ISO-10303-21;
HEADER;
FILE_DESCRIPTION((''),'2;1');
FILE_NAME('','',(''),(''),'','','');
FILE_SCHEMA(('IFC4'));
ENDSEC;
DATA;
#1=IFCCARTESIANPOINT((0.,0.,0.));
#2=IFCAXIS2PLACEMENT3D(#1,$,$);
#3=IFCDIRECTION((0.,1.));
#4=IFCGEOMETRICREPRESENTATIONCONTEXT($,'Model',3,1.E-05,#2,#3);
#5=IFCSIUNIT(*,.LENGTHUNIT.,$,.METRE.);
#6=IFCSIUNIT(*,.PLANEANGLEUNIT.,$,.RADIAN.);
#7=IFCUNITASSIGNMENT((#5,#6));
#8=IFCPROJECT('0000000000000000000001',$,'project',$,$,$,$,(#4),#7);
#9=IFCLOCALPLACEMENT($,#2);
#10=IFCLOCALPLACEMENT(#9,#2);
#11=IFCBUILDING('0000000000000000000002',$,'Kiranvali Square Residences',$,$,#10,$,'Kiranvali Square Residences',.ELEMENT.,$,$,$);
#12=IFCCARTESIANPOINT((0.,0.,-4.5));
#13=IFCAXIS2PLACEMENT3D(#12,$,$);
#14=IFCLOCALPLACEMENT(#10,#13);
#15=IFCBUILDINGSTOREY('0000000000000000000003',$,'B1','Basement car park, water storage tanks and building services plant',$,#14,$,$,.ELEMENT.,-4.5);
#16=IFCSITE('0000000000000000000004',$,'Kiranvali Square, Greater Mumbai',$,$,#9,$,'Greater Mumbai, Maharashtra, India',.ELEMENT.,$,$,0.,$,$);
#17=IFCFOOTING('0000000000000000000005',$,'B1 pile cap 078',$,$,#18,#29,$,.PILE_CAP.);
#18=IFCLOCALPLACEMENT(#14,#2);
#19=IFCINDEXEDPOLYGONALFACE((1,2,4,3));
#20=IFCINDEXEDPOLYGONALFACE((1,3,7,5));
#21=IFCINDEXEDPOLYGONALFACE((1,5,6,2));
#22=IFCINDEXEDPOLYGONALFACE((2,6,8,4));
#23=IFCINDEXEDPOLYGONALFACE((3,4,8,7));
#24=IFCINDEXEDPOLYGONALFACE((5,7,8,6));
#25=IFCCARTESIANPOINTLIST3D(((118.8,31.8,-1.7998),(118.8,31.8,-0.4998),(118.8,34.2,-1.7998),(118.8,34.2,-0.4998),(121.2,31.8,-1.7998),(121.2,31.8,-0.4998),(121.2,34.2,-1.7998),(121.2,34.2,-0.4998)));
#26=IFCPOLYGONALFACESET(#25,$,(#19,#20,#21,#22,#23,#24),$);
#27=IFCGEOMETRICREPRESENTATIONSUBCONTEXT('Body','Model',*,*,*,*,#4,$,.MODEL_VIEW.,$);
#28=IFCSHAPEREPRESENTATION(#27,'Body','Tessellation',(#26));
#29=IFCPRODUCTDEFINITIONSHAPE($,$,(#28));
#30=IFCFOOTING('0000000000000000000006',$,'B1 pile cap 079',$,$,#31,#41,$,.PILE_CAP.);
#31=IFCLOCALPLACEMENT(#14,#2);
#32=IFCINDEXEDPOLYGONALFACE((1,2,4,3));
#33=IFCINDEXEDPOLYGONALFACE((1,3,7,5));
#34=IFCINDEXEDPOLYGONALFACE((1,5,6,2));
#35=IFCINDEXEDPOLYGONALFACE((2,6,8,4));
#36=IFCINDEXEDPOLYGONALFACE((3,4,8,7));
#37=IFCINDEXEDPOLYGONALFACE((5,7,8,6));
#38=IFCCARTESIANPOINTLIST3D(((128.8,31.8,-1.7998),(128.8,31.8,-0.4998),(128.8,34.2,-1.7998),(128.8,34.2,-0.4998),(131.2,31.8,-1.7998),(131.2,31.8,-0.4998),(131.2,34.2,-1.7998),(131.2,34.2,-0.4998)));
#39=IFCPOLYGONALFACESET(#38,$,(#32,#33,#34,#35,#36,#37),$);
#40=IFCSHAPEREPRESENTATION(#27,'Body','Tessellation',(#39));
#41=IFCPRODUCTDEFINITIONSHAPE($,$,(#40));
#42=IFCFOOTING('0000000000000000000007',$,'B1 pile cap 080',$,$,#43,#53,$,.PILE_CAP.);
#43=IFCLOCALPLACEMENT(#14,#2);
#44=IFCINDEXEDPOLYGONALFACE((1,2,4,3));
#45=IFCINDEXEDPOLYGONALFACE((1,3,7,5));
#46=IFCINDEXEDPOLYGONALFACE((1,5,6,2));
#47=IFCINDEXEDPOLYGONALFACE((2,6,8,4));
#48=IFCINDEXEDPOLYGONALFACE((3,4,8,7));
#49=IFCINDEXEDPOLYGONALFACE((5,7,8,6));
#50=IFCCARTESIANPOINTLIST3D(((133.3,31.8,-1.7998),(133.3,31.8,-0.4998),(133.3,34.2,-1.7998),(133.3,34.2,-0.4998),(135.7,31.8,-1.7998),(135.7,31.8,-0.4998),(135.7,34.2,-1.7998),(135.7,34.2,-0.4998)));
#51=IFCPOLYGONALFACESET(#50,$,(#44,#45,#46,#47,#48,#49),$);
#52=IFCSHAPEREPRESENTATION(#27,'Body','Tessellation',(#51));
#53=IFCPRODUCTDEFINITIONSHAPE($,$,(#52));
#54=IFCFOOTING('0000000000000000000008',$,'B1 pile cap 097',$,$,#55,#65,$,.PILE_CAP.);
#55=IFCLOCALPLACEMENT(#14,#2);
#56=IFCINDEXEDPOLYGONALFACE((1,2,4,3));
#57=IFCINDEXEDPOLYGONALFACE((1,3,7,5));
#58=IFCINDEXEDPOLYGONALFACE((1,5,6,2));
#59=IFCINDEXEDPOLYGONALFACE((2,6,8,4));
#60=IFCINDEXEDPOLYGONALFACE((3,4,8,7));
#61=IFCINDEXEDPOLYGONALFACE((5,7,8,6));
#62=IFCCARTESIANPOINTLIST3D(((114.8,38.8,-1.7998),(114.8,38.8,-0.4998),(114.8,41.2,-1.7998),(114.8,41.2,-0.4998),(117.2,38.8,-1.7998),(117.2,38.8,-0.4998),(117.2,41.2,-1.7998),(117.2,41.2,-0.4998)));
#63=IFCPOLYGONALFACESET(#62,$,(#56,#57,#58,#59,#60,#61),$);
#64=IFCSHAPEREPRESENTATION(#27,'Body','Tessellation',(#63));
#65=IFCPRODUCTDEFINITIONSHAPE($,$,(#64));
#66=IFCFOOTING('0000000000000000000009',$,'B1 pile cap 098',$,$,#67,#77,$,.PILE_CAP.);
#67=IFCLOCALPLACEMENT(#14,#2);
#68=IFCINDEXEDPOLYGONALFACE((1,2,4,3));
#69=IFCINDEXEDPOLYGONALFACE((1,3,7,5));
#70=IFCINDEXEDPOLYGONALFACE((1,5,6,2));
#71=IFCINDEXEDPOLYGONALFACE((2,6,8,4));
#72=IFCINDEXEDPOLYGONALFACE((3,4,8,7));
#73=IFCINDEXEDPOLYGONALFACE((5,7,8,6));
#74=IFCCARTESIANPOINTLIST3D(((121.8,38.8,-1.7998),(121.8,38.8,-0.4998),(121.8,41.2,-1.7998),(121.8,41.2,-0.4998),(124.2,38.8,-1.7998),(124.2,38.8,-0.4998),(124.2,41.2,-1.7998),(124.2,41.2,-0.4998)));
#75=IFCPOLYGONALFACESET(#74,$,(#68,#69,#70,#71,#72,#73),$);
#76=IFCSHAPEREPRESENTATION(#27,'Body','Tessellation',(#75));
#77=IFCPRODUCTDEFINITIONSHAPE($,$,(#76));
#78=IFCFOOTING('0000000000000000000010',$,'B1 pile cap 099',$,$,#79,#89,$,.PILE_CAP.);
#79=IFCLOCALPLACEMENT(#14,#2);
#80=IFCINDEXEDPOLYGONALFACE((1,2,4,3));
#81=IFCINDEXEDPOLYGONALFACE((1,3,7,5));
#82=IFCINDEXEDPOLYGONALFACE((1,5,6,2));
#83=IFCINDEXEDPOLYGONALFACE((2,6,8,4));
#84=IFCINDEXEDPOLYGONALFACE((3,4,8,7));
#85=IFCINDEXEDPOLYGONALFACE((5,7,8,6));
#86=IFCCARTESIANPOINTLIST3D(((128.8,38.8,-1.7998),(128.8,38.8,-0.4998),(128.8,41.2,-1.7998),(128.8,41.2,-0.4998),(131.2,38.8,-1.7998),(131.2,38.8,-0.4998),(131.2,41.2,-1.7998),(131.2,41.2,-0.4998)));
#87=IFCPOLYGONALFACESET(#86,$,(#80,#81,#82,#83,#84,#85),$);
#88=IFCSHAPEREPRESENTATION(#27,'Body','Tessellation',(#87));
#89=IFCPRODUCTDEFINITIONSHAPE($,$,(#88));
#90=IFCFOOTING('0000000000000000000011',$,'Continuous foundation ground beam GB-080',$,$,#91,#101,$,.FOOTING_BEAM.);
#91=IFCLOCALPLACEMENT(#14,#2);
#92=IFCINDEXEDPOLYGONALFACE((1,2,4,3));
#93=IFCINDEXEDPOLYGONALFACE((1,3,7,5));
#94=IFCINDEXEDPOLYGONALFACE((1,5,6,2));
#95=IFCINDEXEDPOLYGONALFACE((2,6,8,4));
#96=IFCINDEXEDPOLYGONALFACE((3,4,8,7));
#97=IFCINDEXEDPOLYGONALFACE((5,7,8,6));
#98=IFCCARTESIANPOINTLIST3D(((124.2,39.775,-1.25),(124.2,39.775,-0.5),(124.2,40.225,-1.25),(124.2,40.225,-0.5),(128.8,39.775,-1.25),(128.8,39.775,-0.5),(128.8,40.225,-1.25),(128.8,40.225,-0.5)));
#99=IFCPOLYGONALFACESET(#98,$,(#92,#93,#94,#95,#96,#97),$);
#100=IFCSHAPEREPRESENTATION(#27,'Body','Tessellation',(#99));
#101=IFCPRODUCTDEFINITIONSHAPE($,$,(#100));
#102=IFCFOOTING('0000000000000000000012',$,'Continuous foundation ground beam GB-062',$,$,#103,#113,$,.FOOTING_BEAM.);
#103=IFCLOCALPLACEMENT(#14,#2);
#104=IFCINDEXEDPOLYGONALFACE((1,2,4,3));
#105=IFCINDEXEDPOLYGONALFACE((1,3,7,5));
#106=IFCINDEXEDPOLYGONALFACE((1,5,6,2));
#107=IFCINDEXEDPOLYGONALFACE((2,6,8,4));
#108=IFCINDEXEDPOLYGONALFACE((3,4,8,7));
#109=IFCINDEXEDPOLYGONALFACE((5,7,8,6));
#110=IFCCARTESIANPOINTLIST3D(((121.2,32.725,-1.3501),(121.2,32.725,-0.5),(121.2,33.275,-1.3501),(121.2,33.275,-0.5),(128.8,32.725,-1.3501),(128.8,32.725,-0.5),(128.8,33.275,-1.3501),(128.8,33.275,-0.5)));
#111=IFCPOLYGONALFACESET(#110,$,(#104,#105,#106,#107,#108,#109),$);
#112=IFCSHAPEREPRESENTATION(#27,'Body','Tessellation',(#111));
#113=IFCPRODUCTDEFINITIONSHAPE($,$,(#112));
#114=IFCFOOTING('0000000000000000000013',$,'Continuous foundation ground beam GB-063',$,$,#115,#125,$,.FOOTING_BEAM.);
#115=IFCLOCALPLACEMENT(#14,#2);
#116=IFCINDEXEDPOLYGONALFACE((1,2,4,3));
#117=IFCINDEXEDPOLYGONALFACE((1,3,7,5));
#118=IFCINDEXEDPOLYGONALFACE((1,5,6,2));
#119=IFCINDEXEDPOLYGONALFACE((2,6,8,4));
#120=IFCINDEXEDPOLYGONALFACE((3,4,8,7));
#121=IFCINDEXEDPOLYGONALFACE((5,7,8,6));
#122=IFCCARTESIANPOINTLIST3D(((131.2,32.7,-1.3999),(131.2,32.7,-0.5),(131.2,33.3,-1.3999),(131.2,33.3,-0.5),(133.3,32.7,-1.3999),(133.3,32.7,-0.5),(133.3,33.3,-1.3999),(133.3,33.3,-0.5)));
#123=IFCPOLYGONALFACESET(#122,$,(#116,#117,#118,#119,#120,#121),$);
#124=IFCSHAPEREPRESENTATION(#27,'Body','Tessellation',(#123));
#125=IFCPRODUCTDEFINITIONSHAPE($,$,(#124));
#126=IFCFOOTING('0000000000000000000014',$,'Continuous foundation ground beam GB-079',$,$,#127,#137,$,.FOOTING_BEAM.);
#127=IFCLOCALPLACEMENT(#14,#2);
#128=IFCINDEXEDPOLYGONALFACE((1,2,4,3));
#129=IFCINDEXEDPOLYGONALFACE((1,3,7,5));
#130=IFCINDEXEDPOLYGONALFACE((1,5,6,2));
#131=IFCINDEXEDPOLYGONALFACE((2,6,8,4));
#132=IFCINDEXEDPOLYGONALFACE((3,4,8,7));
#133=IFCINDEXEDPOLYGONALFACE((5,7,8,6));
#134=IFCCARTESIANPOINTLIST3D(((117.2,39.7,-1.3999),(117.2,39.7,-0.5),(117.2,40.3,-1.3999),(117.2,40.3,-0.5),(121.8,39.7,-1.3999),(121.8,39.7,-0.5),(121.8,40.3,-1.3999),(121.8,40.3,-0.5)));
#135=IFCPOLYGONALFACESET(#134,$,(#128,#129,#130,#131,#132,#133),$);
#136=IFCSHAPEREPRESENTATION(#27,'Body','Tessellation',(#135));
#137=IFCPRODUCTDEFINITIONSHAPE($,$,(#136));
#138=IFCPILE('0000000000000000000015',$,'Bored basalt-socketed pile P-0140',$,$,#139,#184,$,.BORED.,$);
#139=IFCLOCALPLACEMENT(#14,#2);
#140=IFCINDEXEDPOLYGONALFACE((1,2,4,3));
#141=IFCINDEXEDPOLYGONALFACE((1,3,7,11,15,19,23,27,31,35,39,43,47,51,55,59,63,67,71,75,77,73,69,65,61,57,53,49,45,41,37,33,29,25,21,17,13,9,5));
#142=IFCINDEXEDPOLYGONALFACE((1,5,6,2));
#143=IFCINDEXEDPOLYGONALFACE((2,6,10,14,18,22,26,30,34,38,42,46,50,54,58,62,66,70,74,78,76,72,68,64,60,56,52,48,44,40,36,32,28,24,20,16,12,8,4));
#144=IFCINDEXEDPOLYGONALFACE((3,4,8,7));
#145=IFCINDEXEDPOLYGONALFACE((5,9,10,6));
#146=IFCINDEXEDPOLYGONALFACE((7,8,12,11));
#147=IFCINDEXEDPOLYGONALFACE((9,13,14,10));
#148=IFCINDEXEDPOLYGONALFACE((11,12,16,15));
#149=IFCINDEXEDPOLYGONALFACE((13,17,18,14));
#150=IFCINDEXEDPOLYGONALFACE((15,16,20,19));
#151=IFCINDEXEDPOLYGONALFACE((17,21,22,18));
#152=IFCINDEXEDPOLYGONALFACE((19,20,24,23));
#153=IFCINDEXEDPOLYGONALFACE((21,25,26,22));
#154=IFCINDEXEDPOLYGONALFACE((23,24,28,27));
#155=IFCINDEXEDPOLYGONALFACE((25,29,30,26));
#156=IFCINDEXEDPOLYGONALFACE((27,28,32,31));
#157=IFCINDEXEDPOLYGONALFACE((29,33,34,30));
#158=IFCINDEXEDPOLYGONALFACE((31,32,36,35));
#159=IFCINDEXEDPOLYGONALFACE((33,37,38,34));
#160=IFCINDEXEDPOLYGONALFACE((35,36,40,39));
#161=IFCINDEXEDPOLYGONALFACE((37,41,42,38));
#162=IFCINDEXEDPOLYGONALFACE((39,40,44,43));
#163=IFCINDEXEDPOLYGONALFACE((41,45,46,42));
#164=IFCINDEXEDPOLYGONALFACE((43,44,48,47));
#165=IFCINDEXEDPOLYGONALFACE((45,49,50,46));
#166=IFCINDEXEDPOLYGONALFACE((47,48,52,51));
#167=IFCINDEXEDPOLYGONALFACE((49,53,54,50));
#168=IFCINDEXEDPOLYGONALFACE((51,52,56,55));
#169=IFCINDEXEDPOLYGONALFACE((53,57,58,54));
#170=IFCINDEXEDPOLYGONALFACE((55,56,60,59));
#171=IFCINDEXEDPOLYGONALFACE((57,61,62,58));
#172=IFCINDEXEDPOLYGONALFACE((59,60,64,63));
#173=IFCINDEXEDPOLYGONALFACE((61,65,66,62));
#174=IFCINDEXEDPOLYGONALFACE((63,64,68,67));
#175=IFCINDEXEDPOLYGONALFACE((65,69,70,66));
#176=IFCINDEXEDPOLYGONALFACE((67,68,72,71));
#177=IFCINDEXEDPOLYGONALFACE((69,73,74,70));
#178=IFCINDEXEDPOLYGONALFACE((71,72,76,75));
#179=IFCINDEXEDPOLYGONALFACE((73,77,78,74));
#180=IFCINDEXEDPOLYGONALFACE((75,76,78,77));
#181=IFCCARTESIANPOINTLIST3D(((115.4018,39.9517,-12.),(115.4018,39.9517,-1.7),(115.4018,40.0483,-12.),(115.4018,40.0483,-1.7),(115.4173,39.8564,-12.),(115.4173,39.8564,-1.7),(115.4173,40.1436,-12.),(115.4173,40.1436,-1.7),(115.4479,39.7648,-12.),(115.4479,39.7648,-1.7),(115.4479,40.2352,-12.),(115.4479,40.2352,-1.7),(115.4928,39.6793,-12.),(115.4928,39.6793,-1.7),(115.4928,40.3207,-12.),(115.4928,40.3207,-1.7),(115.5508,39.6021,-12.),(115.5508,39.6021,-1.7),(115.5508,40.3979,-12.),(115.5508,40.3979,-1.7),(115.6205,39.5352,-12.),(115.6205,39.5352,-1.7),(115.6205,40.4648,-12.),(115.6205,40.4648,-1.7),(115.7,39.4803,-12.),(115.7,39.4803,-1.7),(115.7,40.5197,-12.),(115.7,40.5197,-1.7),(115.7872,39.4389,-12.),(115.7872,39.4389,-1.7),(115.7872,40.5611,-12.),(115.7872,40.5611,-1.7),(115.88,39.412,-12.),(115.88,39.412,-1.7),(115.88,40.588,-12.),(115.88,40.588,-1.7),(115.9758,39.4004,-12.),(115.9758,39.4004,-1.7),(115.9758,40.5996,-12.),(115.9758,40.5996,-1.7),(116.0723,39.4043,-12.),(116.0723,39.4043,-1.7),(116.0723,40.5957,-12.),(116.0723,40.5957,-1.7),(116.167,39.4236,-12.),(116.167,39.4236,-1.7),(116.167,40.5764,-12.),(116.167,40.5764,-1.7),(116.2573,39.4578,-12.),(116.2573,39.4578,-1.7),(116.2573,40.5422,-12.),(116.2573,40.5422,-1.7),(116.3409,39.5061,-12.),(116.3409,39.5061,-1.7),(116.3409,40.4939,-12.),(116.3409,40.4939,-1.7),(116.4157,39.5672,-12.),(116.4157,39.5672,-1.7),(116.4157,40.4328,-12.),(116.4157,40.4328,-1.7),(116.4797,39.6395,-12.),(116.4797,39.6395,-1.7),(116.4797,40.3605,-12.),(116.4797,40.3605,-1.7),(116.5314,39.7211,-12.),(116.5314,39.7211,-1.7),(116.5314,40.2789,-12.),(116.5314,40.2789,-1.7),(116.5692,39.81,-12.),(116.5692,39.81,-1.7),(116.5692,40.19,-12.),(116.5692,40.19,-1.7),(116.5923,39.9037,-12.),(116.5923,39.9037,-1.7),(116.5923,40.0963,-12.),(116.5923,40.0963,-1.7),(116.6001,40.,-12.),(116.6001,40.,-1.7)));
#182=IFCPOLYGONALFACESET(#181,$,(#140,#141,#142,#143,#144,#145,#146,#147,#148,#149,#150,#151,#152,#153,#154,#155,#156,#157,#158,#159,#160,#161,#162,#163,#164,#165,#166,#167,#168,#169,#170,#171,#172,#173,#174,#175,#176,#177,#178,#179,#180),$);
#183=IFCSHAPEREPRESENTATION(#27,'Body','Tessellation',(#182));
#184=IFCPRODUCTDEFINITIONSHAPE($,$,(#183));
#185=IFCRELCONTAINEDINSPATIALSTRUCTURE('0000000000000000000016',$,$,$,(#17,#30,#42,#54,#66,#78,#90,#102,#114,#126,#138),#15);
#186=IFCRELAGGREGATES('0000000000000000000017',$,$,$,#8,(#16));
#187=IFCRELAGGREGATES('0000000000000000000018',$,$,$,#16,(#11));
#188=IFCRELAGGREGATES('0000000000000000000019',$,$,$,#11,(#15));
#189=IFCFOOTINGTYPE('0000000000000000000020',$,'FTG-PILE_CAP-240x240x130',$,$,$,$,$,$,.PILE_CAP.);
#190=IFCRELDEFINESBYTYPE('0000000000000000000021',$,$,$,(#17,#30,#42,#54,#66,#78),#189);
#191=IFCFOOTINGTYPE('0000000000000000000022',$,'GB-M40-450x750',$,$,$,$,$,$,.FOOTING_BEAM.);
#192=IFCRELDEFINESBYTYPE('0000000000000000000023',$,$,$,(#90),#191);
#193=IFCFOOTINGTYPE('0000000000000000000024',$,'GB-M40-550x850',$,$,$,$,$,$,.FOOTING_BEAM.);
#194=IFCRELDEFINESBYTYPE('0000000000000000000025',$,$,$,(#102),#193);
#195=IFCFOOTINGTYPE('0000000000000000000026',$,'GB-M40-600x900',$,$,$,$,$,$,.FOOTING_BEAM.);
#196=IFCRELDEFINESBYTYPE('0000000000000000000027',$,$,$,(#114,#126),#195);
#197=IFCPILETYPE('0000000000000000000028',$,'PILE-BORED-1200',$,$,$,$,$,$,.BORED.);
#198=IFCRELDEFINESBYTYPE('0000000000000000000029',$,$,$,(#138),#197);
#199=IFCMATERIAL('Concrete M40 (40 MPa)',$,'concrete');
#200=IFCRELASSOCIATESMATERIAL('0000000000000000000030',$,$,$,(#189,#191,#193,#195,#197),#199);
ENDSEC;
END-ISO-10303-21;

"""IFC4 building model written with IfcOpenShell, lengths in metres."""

from ifc_helpers import new_model, si_unit, direction, frame, origin, origin_2d, place, context, subcontext, project, spatial, rectangle, circle, extrude, material, material_profile, profile_set, type_object, element, save


model = new_model("IFC4")

# Units and contexts
model_context = context("Model", 3, precision=1e-05, world=origin(), true_north=direction((0.0, 1.0)))
body_context = subcontext(model_context, "Body", "Model", "MODEL_VIEW")
ifc_project = project(units=[si_unit("LENGTHUNIT", "METRE"), si_unit("PLANEANGLEUNIT", "RADIAN")], contexts=[model_context])

# Site, building, storey
site_placement = place(None, origin())
site = spatial("IfcSite", under=ifc_project, at=site_placement, Name="Kiranvali Square, Greater Mumbai", LongName="Greater Mumbai, Maharashtra, India", CompositionType="ELEMENT", RefElevation=0.0)
building_placement = place(site_placement, origin())
building = spatial("IfcBuilding", under=site, at=building_placement, Name="Kiranvali Square Residences", LongName="Kiranvali Square Residences", CompositionType="ELEMENT")
storey_placement = place(building_placement, frame((0.0, 0.0, -4.5)))
storey = spatial("IfcBuildingStorey", under=building, at=storey_placement, Name="B1", Description="Basement car park, water storage tanks and building services plant", CompositionType="ELEMENT", Elevation=-4.5)

# Footings
ifc_material_1 = material(Name="Concrete M40 (40 MPa)", Category="concrete")
footing_type_1 = type_object("IfcFootingType", Name="FTG-PILE_CAP-240x240x130", PredefinedType="PILE_CAP", material=ifc_material_1)
for number, where, z_axis, x_axis, name in (
    (1, (120.0, 33.0, -1.7998), (0.0, 0.0, 1.0), (1.0, 0.0, 0.0), "B1 pile cap 078"),
    (2, (130.0, 33.0, -1.7998), (0.0, 0.0, 1.0), (1.0, 0.0, 0.0), "B1 pile cap 079"),
    (3, (134.5, 33.0, -1.7998), (0.0, 0.0, 1.0), (1.0, 0.0, 0.0), "B1 pile cap 080"),
    (4, (116.0, 40.0, -1.7998), (0.0, 0.0, 1.0), (1.0, 0.0, 0.0), "B1 pile cap 097"),
    (5, (123.0, 40.0, -1.7998), (0.0, 0.0, 1.0), (1.0, 0.0, 0.0), "B1 pile cap 098"),
    (6, (130.0, 40.0, -1.7998), (0.0, 0.0, 1.0), (1.0, 0.0, 0.0), "B1 pile cap 099"),
):
    element("IfcFooting", number, at=place(storey_placement, frame(where, z_axis=z_axis, x_axis=x_axis)), inside=storey, type_object=footing_type_1, Name=name, PredefinedType="PILE_CAP", context=body_context, shape_type="SweptSolid", body=[
        extrude(rectangle(XDim=2.3999, YDim=2.3999, at=origin_2d()), origin(), (0.0, 0.0, 1.0), 1.3),
    ])
ifc_material_profile_1 = material_profile(ifc_material_1, rectangle(XDim=0.45, YDim=0.75, at=origin_2d()), Name="GB 450x750")
ifc_profile_set_1 = profile_set([ifc_material_profile_1], Name="Concrete M40 (40 MPa)")
footing_type_2 = type_object("IfcFootingType", Name="GB-M40-450x750", PredefinedType="FOOTING_BEAM", material=ifc_profile_set_1)
footing_1_placement = place(storey_placement, frame((124.2, 40.0, -0.875), z_axis=(1.0, 0.0, 0.0), x_axis=(0.0, 1.0, 0.0)))
element("IfcFooting", 7, at=footing_1_placement, inside=storey, type_object=footing_type_2, Name="Continuous foundation ground beam GB-080", PredefinedType="FOOTING_BEAM", context=body_context, shape_type="SweptSolid", body=[
    extrude(rectangle(XDim=0.45, YDim=0.75, at=origin_2d()), origin(), (0.0, 0.0, 1.0), 4.6001),
])
ifc_material_profile_2 = material_profile(ifc_material_1, rectangle(XDim=0.55, YDim=0.8501, at=origin_2d()), Name="GB 550x850")
ifc_profile_set_2 = profile_set([ifc_material_profile_2], Name="Concrete M40 (40 MPa)")
footing_type_3 = type_object("IfcFootingType", Name="GB-M40-550x850", PredefinedType="FOOTING_BEAM", material=ifc_profile_set_2)
footing_2_placement = place(storey_placement, frame((121.2, 33.0, -0.925), z_axis=(1.0, 0.0, 0.0), x_axis=(0.0, 1.0, 0.0)))
element("IfcFooting", 8, at=footing_2_placement, inside=storey, type_object=footing_type_3, Name="Continuous foundation ground beam GB-062", PredefinedType="FOOTING_BEAM", context=body_context, shape_type="SweptSolid", body=[
    extrude(rectangle(XDim=0.55, YDim=0.8501, at=origin_2d()), origin(), (0.0, 0.0, 1.0), 7.6001),
])
ifc_material_profile_3 = material_profile(ifc_material_1, rectangle(XDim=0.6001, YDim=0.8999, at=origin_2d()), Name="GB 600x900")
ifc_profile_set_3 = profile_set([ifc_material_profile_3], Name="Concrete M40 (40 MPa)")
footing_type_4 = type_object("IfcFootingType", Name="GB-M40-600x900", PredefinedType="FOOTING_BEAM", material=ifc_profile_set_3)
footing_3_placement = place(storey_placement, frame((131.2, 33.0, -0.95), z_axis=(1.0, 0.0, 0.0), x_axis=(0.0, 1.0, 0.0)))
element("IfcFooting", 9, at=footing_3_placement, inside=storey, type_object=footing_type_4, Name="Continuous foundation ground beam GB-063", PredefinedType="FOOTING_BEAM", context=body_context, shape_type="SweptSolid", body=[
    extrude(rectangle(XDim=0.6001, YDim=0.8999, at=origin_2d()), origin(), (0.0, 0.0, 1.0), 2.1001),
])
footing_4_placement = place(storey_placement, frame((117.2, 40.0, -0.95), z_axis=(1.0, 0.0, 0.0), x_axis=(0.0, 1.0, 0.0)))
element("IfcFooting", 10, at=footing_4_placement, inside=storey, type_object=footing_type_4, Name="Continuous foundation ground beam GB-079", PredefinedType="FOOTING_BEAM", context=body_context, shape_type="SweptSolid", body=[
    extrude(rectangle(XDim=0.6001, YDim=0.8999, at=origin_2d()), origin(), (0.0, 0.0, 1.0), 4.6001),
])

# Pile
ifc_material_profile_4 = material_profile(ifc_material_1, circle(Radius=0.6001, at=origin_2d()), Name="BORED PILE 1200")
ifc_profile_set_4 = profile_set([ifc_material_profile_4], Name="Concrete M40 (40 MPa)")
pile_type_1 = type_object("IfcPileType", Name="PILE-BORED-1200", PredefinedType="BORED", material=ifc_profile_set_4)
for number, where, z_axis, x_axis, name in (
    (11, (116.0, 40.0, -1.7), (0.0, 0.0, -1.0), (1.0, 0.0, 0.0), "Bored basalt-socketed pile P-0140"),
):
    element("IfcPile", number, at=place(storey_placement, frame(where, z_axis=z_axis, x_axis=x_axis)), inside=storey, type_object=pile_type_1, Name=name, PredefinedType="BORED", context=body_context, shape_type="SweptSolid", body=[
        extrude(circle(Radius=0.6001, at=origin_2d()), origin(), (0.0, 0.0, 1.0), 10.3),
    ])

save(model, "model.ifc")
